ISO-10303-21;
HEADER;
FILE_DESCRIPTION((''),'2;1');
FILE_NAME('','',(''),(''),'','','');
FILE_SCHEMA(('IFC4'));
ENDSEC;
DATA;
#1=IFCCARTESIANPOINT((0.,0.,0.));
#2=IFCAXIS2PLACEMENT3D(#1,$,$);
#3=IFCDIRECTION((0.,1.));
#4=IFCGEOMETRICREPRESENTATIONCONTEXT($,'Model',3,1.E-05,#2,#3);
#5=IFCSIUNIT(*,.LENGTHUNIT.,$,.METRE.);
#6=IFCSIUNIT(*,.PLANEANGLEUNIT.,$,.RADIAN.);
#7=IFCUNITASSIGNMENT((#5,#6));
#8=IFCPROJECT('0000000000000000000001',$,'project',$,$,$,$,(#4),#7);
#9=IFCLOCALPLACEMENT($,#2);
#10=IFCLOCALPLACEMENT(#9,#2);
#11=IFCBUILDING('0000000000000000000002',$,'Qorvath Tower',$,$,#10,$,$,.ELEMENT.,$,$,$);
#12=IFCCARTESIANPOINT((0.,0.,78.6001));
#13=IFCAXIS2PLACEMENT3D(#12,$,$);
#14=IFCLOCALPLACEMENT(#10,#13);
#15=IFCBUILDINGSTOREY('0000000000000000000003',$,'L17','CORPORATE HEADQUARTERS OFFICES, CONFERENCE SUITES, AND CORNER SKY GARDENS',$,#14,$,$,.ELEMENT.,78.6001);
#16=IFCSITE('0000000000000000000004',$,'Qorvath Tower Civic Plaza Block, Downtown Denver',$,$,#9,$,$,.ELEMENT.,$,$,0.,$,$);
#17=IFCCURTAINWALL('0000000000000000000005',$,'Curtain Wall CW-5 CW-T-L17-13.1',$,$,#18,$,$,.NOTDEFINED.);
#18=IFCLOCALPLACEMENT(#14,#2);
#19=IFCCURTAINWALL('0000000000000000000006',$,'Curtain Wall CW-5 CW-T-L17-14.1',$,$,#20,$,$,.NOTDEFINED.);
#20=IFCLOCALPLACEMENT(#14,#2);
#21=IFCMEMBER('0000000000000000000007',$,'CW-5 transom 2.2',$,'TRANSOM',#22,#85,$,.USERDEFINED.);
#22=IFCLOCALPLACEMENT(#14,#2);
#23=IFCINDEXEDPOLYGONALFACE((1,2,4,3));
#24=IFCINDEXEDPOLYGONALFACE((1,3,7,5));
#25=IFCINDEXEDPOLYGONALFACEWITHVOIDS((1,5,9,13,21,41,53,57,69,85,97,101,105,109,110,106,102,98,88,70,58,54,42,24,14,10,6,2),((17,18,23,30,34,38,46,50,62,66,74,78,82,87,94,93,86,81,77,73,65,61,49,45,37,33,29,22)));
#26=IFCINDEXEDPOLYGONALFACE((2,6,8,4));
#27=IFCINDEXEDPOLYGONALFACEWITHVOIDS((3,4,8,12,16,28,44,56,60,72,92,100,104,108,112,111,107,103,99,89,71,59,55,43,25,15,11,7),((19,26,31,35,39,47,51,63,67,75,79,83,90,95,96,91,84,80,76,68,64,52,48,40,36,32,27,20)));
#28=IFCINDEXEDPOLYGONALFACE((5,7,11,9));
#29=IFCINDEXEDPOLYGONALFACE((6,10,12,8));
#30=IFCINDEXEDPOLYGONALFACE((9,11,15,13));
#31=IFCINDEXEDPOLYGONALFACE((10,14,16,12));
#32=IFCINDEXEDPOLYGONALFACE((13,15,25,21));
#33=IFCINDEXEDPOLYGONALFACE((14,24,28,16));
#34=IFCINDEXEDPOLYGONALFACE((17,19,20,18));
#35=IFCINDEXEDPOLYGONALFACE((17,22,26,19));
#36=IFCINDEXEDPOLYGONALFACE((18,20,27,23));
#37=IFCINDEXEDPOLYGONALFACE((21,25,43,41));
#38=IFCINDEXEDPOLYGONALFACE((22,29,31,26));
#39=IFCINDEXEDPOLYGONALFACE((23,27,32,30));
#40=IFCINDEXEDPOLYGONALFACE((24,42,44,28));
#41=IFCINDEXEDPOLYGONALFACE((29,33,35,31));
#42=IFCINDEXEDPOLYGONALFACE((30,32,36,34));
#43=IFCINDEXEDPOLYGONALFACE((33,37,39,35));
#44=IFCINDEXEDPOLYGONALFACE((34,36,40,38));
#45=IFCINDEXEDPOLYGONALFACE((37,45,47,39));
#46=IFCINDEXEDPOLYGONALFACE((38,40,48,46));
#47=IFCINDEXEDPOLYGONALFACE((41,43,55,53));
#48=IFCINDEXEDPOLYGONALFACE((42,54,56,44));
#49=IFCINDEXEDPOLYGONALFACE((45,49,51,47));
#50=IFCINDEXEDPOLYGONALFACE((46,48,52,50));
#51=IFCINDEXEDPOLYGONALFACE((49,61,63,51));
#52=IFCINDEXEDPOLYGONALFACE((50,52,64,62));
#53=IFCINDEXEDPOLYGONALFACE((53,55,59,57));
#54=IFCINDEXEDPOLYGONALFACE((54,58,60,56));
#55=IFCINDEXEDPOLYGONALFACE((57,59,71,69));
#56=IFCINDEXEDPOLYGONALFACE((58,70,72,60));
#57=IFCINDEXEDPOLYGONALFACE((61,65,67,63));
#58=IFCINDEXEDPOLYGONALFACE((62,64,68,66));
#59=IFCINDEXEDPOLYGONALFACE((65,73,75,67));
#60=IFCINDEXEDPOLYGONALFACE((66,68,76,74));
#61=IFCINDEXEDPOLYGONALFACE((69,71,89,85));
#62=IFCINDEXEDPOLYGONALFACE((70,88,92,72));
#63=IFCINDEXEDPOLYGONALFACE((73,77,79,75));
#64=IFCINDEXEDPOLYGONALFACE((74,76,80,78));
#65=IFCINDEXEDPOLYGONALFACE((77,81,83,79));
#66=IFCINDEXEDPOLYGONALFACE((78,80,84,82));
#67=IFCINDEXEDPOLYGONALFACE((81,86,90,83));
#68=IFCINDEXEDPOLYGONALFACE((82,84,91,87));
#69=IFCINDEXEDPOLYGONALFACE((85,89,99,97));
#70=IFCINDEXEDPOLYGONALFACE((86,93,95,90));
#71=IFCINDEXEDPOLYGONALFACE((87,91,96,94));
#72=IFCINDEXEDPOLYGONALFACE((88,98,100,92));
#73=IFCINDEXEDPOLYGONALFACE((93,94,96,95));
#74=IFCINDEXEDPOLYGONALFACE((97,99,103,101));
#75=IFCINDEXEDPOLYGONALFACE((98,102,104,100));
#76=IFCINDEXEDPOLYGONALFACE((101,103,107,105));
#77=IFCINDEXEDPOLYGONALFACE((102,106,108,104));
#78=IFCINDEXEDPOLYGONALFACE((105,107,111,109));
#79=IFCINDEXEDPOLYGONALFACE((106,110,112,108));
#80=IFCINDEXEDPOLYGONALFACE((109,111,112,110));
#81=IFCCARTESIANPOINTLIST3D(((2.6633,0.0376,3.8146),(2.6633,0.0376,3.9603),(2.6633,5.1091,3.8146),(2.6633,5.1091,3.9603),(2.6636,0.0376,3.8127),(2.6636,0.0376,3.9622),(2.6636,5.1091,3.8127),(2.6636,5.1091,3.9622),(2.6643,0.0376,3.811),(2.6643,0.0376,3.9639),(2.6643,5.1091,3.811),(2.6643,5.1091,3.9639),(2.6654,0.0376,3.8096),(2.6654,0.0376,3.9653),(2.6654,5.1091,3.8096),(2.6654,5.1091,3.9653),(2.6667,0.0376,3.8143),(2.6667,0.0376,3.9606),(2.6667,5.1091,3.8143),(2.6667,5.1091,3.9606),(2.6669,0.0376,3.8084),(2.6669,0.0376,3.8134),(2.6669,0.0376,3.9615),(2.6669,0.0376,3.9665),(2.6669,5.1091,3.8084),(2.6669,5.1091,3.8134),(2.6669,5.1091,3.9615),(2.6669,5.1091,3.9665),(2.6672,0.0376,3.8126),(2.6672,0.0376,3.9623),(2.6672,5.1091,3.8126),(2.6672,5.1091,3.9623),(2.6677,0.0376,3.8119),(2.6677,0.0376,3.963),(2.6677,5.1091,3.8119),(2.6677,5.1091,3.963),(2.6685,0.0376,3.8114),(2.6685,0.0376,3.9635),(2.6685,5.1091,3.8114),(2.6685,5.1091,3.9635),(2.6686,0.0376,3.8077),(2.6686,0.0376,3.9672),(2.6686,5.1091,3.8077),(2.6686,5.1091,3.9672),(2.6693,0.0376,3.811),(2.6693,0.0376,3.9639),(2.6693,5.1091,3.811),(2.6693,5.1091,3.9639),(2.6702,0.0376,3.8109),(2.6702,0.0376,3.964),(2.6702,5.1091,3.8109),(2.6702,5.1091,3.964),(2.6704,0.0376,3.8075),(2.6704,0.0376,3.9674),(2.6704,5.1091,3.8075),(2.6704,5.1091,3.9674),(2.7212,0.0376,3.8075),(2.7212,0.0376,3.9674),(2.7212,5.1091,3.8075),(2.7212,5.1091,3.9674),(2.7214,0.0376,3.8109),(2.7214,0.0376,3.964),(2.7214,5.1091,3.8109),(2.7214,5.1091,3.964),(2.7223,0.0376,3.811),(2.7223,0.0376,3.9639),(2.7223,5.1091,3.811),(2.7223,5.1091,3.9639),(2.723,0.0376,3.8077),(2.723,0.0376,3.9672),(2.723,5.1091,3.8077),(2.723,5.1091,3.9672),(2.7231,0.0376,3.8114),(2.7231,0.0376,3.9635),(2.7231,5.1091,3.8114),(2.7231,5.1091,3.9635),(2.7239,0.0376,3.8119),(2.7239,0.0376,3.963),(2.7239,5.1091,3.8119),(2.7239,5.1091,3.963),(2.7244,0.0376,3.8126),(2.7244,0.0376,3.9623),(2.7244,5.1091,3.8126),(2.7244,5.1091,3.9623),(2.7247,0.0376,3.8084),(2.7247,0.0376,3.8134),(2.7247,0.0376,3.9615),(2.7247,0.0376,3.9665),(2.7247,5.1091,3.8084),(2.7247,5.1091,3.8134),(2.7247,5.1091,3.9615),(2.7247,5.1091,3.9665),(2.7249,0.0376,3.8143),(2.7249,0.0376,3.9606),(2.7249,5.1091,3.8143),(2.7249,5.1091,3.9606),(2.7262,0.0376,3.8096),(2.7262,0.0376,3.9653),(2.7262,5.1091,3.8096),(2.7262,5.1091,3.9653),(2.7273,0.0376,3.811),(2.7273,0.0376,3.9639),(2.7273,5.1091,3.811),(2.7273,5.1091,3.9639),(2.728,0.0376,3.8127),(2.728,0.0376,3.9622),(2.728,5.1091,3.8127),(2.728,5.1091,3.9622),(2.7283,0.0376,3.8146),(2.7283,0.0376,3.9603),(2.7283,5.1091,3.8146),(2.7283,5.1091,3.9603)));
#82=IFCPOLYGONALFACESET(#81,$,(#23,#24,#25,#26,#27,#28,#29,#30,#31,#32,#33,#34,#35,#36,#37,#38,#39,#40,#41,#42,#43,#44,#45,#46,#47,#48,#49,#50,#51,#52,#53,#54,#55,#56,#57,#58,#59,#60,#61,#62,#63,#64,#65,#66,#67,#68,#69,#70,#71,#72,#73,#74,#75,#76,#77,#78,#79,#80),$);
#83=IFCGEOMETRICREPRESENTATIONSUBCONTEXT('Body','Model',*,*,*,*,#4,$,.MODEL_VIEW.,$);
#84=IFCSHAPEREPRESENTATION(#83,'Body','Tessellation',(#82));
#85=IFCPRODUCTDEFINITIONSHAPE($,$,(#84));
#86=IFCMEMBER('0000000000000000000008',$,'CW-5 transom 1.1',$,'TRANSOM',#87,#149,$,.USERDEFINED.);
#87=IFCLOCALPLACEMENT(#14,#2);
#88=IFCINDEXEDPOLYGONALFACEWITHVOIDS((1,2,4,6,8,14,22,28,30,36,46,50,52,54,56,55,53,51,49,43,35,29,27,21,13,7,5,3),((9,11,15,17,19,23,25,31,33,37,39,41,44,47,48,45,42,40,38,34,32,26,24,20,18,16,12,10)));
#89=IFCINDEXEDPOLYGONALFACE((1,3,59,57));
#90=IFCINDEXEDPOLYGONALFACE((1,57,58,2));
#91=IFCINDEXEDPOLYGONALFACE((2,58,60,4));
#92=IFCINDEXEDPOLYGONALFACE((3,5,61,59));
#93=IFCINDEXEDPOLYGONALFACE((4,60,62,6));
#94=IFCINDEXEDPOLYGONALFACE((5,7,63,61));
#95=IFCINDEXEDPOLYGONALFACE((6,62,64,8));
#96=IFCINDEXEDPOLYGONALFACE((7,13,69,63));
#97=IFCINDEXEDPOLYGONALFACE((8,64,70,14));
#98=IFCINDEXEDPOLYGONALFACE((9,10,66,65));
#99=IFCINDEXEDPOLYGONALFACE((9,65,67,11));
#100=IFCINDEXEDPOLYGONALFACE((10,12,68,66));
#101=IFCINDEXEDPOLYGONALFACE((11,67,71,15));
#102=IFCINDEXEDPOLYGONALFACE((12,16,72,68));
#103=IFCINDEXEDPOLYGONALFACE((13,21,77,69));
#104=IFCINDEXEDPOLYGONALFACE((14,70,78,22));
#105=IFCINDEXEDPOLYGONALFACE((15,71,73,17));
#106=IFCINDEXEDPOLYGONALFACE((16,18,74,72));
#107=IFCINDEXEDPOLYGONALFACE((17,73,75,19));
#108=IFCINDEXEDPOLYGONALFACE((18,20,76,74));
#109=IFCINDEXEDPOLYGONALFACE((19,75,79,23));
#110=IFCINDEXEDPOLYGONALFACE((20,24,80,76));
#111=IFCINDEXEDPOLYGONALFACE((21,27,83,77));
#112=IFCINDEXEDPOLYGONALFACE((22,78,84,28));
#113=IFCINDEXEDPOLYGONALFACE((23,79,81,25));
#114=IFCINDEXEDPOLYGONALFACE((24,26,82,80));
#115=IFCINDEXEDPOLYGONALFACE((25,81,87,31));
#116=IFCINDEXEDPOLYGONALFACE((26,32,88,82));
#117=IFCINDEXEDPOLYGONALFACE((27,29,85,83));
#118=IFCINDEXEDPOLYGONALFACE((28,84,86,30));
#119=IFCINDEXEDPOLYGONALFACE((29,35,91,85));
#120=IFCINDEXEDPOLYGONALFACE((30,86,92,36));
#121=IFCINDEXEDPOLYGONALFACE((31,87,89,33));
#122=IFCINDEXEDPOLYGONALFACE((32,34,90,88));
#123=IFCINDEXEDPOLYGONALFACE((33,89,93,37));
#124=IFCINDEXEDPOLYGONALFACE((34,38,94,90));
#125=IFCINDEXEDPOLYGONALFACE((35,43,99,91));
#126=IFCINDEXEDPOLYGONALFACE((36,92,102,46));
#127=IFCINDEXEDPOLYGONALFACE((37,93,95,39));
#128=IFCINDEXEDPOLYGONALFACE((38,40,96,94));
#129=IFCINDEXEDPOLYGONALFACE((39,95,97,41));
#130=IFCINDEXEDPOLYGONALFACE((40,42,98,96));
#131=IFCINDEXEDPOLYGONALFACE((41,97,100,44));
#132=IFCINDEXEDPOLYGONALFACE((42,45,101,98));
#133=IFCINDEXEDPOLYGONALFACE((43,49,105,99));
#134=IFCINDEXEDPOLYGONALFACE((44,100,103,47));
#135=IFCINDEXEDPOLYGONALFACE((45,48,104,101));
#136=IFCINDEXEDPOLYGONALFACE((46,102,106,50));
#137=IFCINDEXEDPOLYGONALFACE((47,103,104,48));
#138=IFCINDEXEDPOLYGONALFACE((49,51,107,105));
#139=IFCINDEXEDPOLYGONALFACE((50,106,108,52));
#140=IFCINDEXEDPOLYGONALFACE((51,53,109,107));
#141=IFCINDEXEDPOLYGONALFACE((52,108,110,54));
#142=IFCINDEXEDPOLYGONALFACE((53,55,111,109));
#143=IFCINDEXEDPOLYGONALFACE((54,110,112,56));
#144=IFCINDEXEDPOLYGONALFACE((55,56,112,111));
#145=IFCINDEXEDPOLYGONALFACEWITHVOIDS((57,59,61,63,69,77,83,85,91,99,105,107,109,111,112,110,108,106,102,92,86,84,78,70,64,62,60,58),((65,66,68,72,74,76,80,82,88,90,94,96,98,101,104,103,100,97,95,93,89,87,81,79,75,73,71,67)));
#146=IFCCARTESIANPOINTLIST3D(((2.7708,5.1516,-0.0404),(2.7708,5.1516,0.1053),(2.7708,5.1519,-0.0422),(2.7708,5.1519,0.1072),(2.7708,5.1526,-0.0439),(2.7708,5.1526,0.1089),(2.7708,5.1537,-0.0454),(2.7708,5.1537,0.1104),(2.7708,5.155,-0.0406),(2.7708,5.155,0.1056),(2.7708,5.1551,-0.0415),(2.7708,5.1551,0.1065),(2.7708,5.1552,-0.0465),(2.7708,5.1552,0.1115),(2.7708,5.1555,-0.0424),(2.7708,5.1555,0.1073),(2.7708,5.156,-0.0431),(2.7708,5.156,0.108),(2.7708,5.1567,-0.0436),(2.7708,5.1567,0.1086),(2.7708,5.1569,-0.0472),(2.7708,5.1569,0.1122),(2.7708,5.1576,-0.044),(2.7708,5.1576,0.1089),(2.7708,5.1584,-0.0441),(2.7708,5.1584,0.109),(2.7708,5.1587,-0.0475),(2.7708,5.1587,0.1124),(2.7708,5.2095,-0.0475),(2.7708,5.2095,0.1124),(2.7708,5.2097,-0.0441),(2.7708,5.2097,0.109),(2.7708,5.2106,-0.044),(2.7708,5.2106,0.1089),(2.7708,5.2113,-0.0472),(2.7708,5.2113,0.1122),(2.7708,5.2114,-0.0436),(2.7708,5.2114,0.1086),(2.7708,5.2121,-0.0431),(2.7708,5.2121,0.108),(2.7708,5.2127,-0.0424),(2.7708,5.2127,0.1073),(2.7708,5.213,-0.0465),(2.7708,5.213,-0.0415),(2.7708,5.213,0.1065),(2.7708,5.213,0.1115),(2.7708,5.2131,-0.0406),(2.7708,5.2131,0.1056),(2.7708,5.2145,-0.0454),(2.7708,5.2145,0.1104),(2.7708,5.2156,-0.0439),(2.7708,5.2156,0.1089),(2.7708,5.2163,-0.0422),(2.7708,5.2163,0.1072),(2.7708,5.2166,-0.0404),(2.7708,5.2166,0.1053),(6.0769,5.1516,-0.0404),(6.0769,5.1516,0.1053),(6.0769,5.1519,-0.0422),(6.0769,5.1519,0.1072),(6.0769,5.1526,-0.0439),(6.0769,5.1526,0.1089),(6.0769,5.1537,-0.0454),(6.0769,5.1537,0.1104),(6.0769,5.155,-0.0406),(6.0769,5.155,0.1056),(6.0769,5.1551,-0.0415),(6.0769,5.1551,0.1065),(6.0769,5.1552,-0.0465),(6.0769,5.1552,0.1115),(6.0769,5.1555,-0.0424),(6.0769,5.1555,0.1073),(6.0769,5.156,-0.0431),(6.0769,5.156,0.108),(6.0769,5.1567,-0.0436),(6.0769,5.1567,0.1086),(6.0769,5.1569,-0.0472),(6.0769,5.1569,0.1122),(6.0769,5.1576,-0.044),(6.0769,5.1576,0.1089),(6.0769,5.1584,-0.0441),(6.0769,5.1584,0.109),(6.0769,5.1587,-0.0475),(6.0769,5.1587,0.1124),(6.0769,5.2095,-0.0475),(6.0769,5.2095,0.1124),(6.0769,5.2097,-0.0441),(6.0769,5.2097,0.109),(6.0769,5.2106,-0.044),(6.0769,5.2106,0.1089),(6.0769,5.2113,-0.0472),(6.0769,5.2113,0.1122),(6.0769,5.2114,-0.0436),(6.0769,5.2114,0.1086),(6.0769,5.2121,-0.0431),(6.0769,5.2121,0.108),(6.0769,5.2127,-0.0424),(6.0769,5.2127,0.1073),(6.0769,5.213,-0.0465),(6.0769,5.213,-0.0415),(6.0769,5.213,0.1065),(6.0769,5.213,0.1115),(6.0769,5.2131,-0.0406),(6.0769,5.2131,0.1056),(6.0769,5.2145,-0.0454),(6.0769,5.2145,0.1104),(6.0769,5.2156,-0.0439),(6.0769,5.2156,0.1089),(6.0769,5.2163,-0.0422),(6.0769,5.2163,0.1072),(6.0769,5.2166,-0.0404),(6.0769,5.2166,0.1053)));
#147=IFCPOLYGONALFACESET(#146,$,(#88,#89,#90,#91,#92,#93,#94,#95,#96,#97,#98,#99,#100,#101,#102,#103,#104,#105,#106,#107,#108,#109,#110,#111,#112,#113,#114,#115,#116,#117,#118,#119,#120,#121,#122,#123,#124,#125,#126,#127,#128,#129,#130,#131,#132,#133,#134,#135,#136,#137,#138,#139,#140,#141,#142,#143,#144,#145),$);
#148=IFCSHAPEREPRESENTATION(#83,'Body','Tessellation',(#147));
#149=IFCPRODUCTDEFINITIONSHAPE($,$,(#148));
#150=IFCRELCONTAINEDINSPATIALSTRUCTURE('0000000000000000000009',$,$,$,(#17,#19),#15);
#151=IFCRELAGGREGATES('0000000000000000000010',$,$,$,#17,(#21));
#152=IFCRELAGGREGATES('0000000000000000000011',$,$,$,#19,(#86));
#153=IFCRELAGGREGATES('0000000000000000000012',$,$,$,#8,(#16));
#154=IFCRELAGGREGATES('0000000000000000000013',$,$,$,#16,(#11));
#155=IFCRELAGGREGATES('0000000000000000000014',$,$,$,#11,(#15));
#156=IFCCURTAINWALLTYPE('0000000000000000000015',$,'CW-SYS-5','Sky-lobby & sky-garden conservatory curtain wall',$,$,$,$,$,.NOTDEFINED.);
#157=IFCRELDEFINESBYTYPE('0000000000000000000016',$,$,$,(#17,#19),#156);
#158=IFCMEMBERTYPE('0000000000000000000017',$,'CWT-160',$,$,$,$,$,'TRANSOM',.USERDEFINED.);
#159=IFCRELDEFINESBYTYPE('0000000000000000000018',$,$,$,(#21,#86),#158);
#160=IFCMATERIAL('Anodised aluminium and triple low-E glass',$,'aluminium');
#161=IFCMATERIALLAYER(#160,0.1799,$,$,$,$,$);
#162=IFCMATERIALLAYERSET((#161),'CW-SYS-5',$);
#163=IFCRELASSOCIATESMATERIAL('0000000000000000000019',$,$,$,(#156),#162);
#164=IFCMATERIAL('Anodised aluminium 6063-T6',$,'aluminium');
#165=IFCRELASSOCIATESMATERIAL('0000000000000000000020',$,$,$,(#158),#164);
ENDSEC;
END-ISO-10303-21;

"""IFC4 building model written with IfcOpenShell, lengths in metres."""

from ifc_helpers import new_model, si_unit, direction, frame, origin, origin_2d, place, context, subcontext, project, spatial, hollow_rectangle, extrude, material, layer, layer_set, material_profile, profile_set, type_object, element, aggregate, save


model = new_model("IFC4")

# Units and contexts
model_context = context("Model", 3, precision=1e-05, world=origin(), true_north=direction((0.0, 1.0)))
body_context = subcontext(model_context, "Body", "Model", "MODEL_VIEW")
ifc_project = project(units=[si_unit("LENGTHUNIT", "METRE"), si_unit("PLANEANGLEUNIT", "RADIAN")], contexts=[model_context])

# Site, building, storey
site_placement = place(None, origin())
site = spatial("IfcSite", under=ifc_project, at=site_placement, Name="Qorvath Tower Civic Plaza Block, Downtown Denver", CompositionType="ELEMENT", RefElevation=0.0)
building_placement = place(site_placement, origin())
building = spatial("IfcBuilding", under=site, at=building_placement, Name="Qorvath Tower", CompositionType="ELEMENT")
storey_placement = place(building_placement, frame((0.0, 0.0, 78.6001)))
storey = spatial("IfcBuildingStorey", under=building, at=storey_placement, Name="L17", Description="CORPORATE HEADQUARTERS OFFICES, CONFERENCE SUITES, AND CORNER SKY GARDENS", CompositionType="ELEMENT", Elevation=78.6001)

# Curtain wall
ifc_material_1 = material(Name="Anodised aluminium and triple low-E glass", Category="aluminium")
ifc_layer_1 = layer(ifc_material_1, 0.1799)
ifc_layer_set_1 = layer_set([ifc_layer_1], Name="CW-SYS-5")
curtain_wall_type = type_object("IfcCurtainWallType", Name="CW-SYS-5", Description="Sky-lobby & sky-garden conservatory curtain wall", PredefinedType="NOTDEFINED", material=ifc_layer_set_1)
curtain_wall_1_placement = place(storey_placement, origin())
curtain_wall_1 = element("IfcCurtainWall", 1, at=curtain_wall_1_placement, inside=storey, type_object=curtain_wall_type, Name="Curtain Wall CW-5 CW-T-L17-13.1", PredefinedType="NOTDEFINED")

# Curtain wall
curtain_wall_2_placement = place(storey_placement, origin())
curtain_wall_2 = element("IfcCurtainWall", 2, at=curtain_wall_2_placement, inside=storey, type_object=curtain_wall_type, Name="Curtain Wall CW-5 CW-T-L17-14.1", PredefinedType="NOTDEFINED")

# Members
ifc_material_2 = material(Name="Anodised aluminium 6063-T6", Category="aluminium")
ifc_material_profile_1 = material_profile(ifc_material_2, hollow_rectangle(XDim=0.0649, YDim=0.1599, WallThickness=0.0034, InnerFilletRadius=0.0034, OuterFilletRadius=0.0071, at=origin_2d()), Name="CWT 160x65")
ifc_profile_set_1 = profile_set([ifc_material_profile_1], Name="Anodised aluminium 6063-T6")
member_type_1 = type_object("IfcMemberType", Name="CWT-160", ElementType="TRANSOM", PredefinedType="USERDEFINED", material=ifc_profile_set_1)
member_1_placement = place(storey_placement, frame((2.6958, 0.0376, 3.8875), z_axis=(0.0, 1.0, 0.0), x_axis=(-1.0, 0.0, 0.0)))
member_1 = element("IfcMember", 3, at=member_1_placement, type_object=member_type_1, Name="CW-5 transom 2.2", ObjectType="TRANSOM", PredefinedType="USERDEFINED", context=body_context, shape_type="SweptSolid", body=[
    extrude(hollow_rectangle(XDim=0.0649, YDim=0.1599, WallThickness=0.0034, InnerFilletRadius=0.0034, OuterFilletRadius=0.0071, at=origin_2d()), origin(), (0.0, 0.0, 1.0), 5.0715),
])
member_2_placement = place(storey_placement, frame((2.7708, 5.1841, 0.0325), z_axis=(1.0, 0.0, 0.0), x_axis=(0.0, 1.0, 0.0)))
member_2 = element("IfcMember", 4, at=member_2_placement, type_object=member_type_1, Name="CW-5 transom 1.1", ObjectType="TRANSOM", PredefinedType="USERDEFINED", context=body_context, shape_type="SweptSolid", body=[
    extrude(hollow_rectangle(XDim=0.0649, YDim=0.1599, WallThickness=0.0034, InnerFilletRadius=0.0034, OuterFilletRadius=0.0071, at=origin_2d()), origin(), (0.0, 0.0, 1.0), 3.3062),
])

aggregate(curtain_wall_1, [member_1])
aggregate(curtain_wall_2, [member_2])

save(model, "model.ifc")
